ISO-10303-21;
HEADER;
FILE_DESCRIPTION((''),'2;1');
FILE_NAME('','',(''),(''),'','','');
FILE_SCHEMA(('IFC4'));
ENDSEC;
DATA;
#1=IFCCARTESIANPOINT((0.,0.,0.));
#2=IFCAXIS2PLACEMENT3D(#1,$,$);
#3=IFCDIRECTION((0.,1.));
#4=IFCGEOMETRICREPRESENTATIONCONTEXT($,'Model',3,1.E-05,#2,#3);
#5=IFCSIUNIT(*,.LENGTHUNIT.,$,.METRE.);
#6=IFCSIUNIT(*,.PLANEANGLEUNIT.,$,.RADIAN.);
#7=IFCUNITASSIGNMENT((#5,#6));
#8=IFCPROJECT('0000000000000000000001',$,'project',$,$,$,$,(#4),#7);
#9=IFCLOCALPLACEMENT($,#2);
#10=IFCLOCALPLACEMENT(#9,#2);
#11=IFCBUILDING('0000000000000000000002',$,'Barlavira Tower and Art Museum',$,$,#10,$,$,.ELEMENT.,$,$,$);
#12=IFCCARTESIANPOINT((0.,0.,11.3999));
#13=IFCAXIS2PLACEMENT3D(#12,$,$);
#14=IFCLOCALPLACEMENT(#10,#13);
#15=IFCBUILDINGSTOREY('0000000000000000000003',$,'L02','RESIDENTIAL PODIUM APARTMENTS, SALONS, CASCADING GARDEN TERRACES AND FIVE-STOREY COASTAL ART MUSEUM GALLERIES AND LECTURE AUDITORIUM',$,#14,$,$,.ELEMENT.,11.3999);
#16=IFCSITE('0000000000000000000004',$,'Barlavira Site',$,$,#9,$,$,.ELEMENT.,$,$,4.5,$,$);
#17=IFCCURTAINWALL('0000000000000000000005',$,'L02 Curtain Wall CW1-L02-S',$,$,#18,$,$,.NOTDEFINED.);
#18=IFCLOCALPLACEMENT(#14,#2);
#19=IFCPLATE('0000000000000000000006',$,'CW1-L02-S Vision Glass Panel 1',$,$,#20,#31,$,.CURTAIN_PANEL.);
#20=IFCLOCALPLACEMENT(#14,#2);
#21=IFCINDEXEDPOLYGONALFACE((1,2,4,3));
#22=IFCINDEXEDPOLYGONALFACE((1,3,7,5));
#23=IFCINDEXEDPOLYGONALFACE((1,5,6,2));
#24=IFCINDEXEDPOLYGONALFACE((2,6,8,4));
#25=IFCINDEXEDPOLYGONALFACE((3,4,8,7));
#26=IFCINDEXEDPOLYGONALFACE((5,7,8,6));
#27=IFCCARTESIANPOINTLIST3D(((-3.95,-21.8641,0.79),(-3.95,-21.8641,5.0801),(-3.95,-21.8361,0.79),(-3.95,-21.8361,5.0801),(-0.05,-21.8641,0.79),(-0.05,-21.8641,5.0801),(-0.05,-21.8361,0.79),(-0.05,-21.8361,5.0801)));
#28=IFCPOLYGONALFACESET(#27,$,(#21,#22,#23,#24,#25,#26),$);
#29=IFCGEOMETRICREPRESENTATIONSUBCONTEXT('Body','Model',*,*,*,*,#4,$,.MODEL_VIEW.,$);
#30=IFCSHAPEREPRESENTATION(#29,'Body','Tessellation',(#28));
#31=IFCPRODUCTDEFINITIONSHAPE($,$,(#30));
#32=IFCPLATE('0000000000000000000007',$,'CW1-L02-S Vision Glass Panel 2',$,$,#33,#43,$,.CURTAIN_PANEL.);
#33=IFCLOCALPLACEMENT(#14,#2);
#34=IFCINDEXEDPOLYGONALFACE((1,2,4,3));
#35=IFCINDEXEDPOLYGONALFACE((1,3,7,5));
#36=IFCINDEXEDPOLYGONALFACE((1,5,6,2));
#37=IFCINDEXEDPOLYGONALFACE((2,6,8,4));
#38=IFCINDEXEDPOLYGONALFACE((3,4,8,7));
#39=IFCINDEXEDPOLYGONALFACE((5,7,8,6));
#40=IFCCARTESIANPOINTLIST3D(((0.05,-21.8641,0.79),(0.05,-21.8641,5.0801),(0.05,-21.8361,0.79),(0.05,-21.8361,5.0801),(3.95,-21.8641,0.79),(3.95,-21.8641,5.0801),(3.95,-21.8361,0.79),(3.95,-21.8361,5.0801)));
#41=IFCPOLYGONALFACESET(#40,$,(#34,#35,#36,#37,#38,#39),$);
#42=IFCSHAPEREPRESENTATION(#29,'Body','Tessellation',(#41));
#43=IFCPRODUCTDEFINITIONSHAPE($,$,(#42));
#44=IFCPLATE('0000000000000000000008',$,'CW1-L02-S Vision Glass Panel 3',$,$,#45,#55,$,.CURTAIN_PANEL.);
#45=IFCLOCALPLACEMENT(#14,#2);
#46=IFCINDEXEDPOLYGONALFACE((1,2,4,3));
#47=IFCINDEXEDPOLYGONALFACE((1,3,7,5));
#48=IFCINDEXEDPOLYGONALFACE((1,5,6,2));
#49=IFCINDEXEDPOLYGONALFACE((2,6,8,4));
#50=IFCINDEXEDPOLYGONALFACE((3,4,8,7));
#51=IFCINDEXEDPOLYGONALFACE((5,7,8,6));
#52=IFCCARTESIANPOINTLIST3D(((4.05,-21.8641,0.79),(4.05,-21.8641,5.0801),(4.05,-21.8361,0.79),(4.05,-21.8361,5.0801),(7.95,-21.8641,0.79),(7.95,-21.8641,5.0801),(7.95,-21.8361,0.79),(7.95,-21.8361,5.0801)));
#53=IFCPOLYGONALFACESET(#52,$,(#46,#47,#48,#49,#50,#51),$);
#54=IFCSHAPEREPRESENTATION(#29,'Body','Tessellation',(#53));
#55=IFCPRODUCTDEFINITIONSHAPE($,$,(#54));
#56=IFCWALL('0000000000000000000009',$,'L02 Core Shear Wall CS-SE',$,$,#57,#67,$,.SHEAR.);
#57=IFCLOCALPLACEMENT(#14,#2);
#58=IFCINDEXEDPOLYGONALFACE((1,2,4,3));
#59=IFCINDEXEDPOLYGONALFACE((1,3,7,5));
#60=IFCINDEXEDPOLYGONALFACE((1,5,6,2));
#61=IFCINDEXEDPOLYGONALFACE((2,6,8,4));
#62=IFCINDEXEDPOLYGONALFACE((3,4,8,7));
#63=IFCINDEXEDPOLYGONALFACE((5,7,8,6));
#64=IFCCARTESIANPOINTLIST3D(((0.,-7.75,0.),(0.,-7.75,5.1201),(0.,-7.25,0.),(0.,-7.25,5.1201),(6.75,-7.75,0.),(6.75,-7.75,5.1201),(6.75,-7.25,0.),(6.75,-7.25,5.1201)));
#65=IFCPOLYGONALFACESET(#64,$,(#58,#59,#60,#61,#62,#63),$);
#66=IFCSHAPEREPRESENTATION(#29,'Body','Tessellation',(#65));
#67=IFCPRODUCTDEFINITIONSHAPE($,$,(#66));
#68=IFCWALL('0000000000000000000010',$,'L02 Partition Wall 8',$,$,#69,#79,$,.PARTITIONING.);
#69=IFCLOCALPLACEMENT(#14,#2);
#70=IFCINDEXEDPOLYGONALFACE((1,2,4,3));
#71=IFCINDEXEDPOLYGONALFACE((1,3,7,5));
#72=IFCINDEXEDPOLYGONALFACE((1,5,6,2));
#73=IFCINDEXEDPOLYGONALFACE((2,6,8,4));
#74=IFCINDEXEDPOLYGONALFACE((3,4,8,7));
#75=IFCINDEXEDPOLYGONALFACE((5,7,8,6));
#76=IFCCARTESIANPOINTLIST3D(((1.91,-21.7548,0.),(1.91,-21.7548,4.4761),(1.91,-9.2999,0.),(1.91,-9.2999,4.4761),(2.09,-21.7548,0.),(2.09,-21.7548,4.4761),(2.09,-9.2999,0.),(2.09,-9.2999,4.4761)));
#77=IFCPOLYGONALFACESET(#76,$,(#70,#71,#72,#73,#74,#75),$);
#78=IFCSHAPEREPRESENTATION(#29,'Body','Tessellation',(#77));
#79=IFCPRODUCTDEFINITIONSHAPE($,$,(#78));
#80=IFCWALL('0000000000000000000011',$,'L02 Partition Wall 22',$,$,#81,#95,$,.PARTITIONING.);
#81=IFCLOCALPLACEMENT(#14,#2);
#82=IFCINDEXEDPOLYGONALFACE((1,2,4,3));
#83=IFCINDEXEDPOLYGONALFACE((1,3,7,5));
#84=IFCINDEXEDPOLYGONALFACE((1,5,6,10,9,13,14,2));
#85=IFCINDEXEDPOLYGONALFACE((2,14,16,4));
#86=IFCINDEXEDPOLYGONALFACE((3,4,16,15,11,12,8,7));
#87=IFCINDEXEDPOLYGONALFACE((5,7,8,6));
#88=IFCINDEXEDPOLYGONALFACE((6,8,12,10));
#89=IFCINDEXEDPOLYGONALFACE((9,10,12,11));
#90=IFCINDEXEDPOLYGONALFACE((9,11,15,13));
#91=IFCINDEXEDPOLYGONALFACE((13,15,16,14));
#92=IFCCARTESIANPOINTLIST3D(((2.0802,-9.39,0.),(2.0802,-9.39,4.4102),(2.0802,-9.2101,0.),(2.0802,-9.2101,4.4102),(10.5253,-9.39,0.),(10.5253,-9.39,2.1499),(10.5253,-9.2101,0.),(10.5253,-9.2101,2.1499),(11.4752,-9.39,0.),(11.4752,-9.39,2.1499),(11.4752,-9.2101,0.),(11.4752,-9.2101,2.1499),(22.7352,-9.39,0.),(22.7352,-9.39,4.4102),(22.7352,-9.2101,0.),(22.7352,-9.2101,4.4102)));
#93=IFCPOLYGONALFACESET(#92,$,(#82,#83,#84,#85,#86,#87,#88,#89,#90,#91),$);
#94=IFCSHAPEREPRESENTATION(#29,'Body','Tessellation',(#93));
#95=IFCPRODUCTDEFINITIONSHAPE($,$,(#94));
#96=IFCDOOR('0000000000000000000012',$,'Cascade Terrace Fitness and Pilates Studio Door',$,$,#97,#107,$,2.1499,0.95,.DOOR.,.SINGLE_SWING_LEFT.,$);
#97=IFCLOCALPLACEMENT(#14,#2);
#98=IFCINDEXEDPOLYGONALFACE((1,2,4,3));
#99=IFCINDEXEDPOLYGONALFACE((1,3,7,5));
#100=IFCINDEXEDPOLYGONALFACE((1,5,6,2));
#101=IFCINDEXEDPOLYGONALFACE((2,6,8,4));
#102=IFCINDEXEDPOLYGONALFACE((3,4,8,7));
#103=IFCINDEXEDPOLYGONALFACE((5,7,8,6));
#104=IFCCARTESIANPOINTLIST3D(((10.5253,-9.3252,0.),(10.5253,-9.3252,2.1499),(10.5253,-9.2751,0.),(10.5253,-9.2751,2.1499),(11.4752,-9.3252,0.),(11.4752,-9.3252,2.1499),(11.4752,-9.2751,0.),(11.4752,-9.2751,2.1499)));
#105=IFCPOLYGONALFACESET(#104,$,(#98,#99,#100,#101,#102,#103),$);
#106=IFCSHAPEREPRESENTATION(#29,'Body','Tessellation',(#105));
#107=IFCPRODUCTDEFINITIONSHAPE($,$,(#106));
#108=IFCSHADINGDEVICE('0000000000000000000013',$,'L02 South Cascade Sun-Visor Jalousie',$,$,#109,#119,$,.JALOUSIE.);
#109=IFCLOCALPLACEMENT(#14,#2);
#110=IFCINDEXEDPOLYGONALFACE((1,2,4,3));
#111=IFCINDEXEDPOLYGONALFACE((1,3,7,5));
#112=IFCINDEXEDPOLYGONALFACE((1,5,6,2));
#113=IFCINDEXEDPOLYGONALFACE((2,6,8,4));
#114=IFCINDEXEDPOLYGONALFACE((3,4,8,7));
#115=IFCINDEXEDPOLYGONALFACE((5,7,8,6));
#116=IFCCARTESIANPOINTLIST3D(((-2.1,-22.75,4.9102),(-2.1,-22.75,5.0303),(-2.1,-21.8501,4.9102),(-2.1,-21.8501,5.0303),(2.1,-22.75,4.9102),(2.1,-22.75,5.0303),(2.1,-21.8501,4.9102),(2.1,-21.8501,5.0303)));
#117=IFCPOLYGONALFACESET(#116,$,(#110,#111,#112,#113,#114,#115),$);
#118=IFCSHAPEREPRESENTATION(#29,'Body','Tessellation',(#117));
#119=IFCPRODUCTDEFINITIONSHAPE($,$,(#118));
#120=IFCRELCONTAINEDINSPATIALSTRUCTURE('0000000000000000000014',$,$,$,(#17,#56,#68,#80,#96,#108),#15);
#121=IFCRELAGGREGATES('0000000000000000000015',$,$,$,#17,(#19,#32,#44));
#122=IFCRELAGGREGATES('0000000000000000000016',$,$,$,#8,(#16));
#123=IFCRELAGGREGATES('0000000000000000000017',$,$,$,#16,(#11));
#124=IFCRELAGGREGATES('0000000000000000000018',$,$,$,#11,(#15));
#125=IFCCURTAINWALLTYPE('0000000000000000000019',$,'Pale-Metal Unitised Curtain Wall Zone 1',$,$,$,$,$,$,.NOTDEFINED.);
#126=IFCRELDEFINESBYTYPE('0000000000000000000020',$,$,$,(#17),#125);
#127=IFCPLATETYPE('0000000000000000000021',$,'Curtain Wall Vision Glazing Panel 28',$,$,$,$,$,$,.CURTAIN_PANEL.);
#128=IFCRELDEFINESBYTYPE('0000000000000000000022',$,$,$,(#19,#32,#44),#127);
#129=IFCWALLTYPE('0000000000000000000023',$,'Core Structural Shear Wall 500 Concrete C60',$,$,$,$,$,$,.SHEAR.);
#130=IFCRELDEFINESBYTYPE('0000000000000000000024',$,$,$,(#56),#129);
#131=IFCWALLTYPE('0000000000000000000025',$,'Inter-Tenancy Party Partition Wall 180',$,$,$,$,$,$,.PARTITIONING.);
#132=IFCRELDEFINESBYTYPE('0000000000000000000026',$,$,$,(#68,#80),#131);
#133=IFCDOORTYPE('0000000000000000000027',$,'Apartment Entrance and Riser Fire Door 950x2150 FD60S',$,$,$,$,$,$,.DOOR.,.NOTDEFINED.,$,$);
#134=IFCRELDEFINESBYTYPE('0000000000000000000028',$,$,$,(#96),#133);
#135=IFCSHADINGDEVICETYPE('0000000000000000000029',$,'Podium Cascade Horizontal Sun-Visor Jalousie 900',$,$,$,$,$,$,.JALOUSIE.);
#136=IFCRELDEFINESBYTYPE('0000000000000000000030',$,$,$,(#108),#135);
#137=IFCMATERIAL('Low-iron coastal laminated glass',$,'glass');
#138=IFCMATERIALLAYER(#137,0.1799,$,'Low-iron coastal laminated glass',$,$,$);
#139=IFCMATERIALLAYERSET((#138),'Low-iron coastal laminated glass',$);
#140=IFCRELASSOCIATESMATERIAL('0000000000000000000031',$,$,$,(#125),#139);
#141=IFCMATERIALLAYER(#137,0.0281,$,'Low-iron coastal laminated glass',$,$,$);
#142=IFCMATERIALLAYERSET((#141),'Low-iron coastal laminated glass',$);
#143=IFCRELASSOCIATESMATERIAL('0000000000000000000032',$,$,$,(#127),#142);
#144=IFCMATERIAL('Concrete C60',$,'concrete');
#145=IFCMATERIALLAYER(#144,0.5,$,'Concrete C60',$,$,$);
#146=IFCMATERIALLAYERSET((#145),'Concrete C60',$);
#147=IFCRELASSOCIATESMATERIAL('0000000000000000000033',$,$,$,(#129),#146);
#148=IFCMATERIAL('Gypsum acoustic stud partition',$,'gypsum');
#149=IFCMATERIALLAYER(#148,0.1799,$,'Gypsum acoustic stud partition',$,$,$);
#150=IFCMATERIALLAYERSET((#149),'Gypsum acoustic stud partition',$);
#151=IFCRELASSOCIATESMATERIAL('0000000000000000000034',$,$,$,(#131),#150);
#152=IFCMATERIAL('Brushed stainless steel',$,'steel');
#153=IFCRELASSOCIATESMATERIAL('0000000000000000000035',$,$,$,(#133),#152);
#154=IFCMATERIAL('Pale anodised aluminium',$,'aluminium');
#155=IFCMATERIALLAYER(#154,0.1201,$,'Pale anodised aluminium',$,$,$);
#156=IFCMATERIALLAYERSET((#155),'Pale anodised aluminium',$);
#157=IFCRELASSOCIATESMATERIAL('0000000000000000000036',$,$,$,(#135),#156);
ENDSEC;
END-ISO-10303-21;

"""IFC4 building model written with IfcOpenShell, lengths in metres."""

from ifc_helpers import new_model, si_unit, direction, frame, frame_2d, origin, origin_2d, place, context, subcontext, project, spatial, rectangle, extrude, material, layer, layer_set, type_object, element, fill, aggregate, save


model = new_model("IFC4")

# Units and contexts
model_context = context("Model", 3, precision=1e-05, world=origin(), true_north=direction((0.0, 1.0)))
body_context = subcontext(model_context, "Body", "Model", "MODEL_VIEW")
ifc_project = project(units=[si_unit("LENGTHUNIT", "METRE"), si_unit("PLANEANGLEUNIT", "RADIAN")], contexts=[model_context])

# Site, building, storey
site_placement = place(None, origin())
site = spatial("IfcSite", under=ifc_project, at=site_placement, Name="Barlavira Site", CompositionType="ELEMENT", RefElevation=4.5)
building_placement = place(site_placement, origin())
building = spatial("IfcBuilding", under=site, at=building_placement, Name="Barlavira Tower and Art Museum", CompositionType="ELEMENT")
storey_placement = place(building_placement, frame((0.0, 0.0, 11.3999)))
storey = spatial("IfcBuildingStorey", under=building, at=storey_placement, Name="L02", Description="RESIDENTIAL PODIUM APARTMENTS, SALONS, CASCADING GARDEN TERRACES AND FIVE-STOREY COASTAL ART MUSEUM GALLERIES AND LECTURE AUDITORIUM", CompositionType="ELEMENT", Elevation=11.3999)

# Shared definitions
ifc_material_1 = material(Name="Concrete C60", Category="concrete")

# Curtain wall
ifc_material_2 = material(Name="Low-iron coastal laminated glass", Category="glass")
ifc_layer_1 = layer(ifc_material_2, 0.1799, Name="Low-iron coastal laminated glass")
ifc_layer_set_1 = layer_set([ifc_layer_1], Name="Low-iron coastal laminated glass")
curtain_wall_type = type_object("IfcCurtainWallType", Name="Pale-Metal Unitised Curtain Wall Zone 1", PredefinedType="NOTDEFINED", material=ifc_layer_set_1)
curtain_wall_placement = place(storey_placement, origin())
curtain_wall = element("IfcCurtainWall", 1, at=curtain_wall_placement, inside=storey, type_object=curtain_wall_type, Name="L02 Curtain Wall CW1-L02-S", PredefinedType="NOTDEFINED")
ifc_material_3 = material(Name="Pale anodised aluminium", Category="aluminium")

# Plates
ifc_layer_2 = layer(ifc_material_2, 0.0281, Name="Low-iron coastal laminated glass")
ifc_layer_set_2 = layer_set([ifc_layer_2], Name="Low-iron coastal laminated glass")
plate_type_1 = type_object("IfcPlateType", Name="Curtain Wall Vision Glazing Panel 28", PredefinedType="CURTAIN_PANEL", material=ifc_layer_set_2)
plate_1_placement = place(storey_placement, frame((-2.0, -21.8501, 0.79), z_axis=(0.0, 0.0, 1.0), x_axis=(1.0, 0.0, 0.0)))
plate_1 = element("IfcPlate", 2, at=plate_1_placement, type_object=plate_type_1, Name="CW1-L02-S Vision Glass Panel 1", PredefinedType="CURTAIN_PANEL", context=body_context, shape_type="SweptSolid", body=[
    extrude(rectangle(XDim=3.8999, YDim=0.0281, at=origin_2d()), origin(), (0.0, 0.0, 1.0), 4.29),
])
plate_2_placement = place(storey_placement, frame((2.0, -21.8501, 0.79), z_axis=(0.0, 0.0, 1.0), x_axis=(1.0, 0.0, 0.0)))
plate_2 = element("IfcPlate", 3, at=plate_2_placement, type_object=plate_type_1, Name="CW1-L02-S Vision Glass Panel 2", PredefinedType="CURTAIN_PANEL", context=body_context, shape_type="SweptSolid", body=[
    extrude(rectangle(XDim=3.8999, YDim=0.0281, at=origin_2d()), origin(), (0.0, 0.0, 1.0), 4.29),
])
plate_3_placement = place(storey_placement, frame((6.0, -21.8501, 0.79), z_axis=(0.0, 0.0, 1.0), x_axis=(1.0, 0.0, 0.0)))
plate_3 = element("IfcPlate", 4, at=plate_3_placement, type_object=plate_type_1, Name="CW1-L02-S Vision Glass Panel 3", PredefinedType="CURTAIN_PANEL", context=body_context, shape_type="SweptSolid", body=[
    extrude(rectangle(XDim=3.8999, YDim=0.0281, at=origin_2d()), origin(), (0.0, 0.0, 1.0), 4.29),
])
aggregate(curtain_wall, [plate_1, plate_2, plate_3])

# Walls
ifc_layer_3 = layer(ifc_material_1, 0.5, Name="Concrete C60")
ifc_layer_set_3 = layer_set([ifc_layer_3], Name="Concrete C60")
wall_type_1 = type_object("IfcWallType", Name="Core Structural Shear Wall 500 Concrete C60", PredefinedType="SHEAR", material=ifc_layer_set_3)
wall_1_placement = place(storey_placement, frame((0.0, -7.5, 0.0), z_axis=(0.0, 0.0, 1.0), x_axis=(1.0, 0.0, 0.0)))
element("IfcWall", 5, at=wall_1_placement, inside=storey, type_object=wall_type_1, Name="L02 Core Shear Wall CS-SE", PredefinedType="SHEAR", context=body_context, shape_type="SweptSolid", body=[
    extrude(rectangle(XDim=6.75, YDim=0.5, at=frame_2d((3.375, 0.0))), origin(), (0.0, 0.0, 1.0), 5.1201),
])
ifc_material_4 = material(Name="Gypsum acoustic stud partition", Category="gypsum")
ifc_layer_4 = layer(ifc_material_4, 0.1799, Name="Gypsum acoustic stud partition")
ifc_layer_set_4 = layer_set([ifc_layer_4], Name="Gypsum acoustic stud partition")
wall_type_2 = type_object("IfcWallType", Name="Inter-Tenancy Party Partition Wall 180", PredefinedType="PARTITIONING", material=ifc_layer_set_4)
wall_2_placement = place(storey_placement, frame((2.0, -21.7549, 0.0), z_axis=(0.0, 0.0, 1.0), x_axis=(0.0, 1.0, 0.0)))
element("IfcWall", 6, at=wall_2_placement, inside=storey, type_object=wall_type_2, Name="L02 Partition Wall 8", PredefinedType="PARTITIONING", context=body_context, shape_type="SweptSolid", body=[
    extrude(rectangle(XDim=12.4548, YDim=0.1799, at=frame_2d((6.2275, 0.0))), origin(), (0.0, 0.0, 1.0), 4.4761),
])

# Wall, opening, door
wall_3_placement = place(storey_placement, frame((2.0801, -9.3, 0.0), z_axis=(0.0, 0.0, 1.0), x_axis=(1.0, 0.0, 0.0)))
wall_3 = element("IfcWall", 7, at=wall_3_placement, inside=storey, type_object=wall_type_2, Name="L02 Partition Wall 22", PredefinedType="PARTITIONING", context=body_context, shape_type="SweptSolid", body=[
    extrude(rectangle(XDim=20.655, YDim=0.1799, at=frame_2d((10.3276, 0.0))), origin(), (0.0, 0.0, 1.0), 4.4102),
])
opening_placement = place(wall_3_placement, frame((8.4451, 0.0, 0.0)))
opening = element("IfcOpeningElement", 8, at=opening_placement, cuts=wall_3, PredefinedType="OPENING", context=body_context, shape_type="SweptSolid", body=[
    extrude(rectangle(XDim=0.95, YDim=2.1499, at=frame_2d((0.4751, 1.075))), frame((0.0, 0.1001, 0.0), z_axis=(0.0, -1.0, 0.0), x_axis=(1.0, 0.0, 0.0)), (0.0, 0.0, 1.0), 0.2),
])
ifc_material_5 = material(Name="Brushed stainless steel", Category="steel")
door_type = type_object("IfcDoorType", Name="Apartment Entrance and Riser Fire Door 950x2150 FD60S", OperationType="NOTDEFINED", PredefinedType="DOOR", material=ifc_material_5)
door_placement = place(opening_placement, origin())
door = element("IfcDoor", 9, at=door_placement, inside=storey, type_object=door_type, Name="Cascade Terrace Fitness and Pilates Studio Door", OperationType="SINGLE_SWING_LEFT", OverallHeight=2.1499, OverallWidth=0.95, PredefinedType="DOOR", context=body_context, shape_type="SweptSolid", body=[
    extrude(rectangle(XDim=0.95, YDim=2.1499, at=frame_2d((0.4751, 1.075))), frame((0.0, 0.0249, 0.0), z_axis=(0.0, -1.0, 0.0), x_axis=(1.0, 0.0, 0.0)), (0.0, 0.0, 1.0), 0.05),
])
fill(opening, door)

# Shading device
ifc_layer_5 = layer(ifc_material_3, 0.1201, Name="Pale anodised aluminium")
ifc_layer_set_5 = layer_set([ifc_layer_5], Name="Pale anodised aluminium")
shading_device_type = type_object("IfcShadingDeviceType", Name="Podium Cascade Horizontal Sun-Visor Jalousie 900", PredefinedType="JALOUSIE", material=ifc_layer_set_5)
shading_device_placement = place(storey_placement, frame((0.0, -22.3, 4.9102), z_axis=(0.0, 0.0, 1.0), x_axis=(1.0, 0.0, 0.0)))
element("IfcShadingDevice", 10, at=shading_device_placement, inside=storey, type_object=shading_device_type, Name="L02 South Cascade Sun-Visor Jalousie", PredefinedType="JALOUSIE", context=body_context, shape_type="SweptSolid", body=[
    extrude(rectangle(XDim=4.2, YDim=0.8999, at=origin_2d()), origin(), (0.0, 0.0, 1.0), 0.1201),
])

save(model, "model.ifc")
